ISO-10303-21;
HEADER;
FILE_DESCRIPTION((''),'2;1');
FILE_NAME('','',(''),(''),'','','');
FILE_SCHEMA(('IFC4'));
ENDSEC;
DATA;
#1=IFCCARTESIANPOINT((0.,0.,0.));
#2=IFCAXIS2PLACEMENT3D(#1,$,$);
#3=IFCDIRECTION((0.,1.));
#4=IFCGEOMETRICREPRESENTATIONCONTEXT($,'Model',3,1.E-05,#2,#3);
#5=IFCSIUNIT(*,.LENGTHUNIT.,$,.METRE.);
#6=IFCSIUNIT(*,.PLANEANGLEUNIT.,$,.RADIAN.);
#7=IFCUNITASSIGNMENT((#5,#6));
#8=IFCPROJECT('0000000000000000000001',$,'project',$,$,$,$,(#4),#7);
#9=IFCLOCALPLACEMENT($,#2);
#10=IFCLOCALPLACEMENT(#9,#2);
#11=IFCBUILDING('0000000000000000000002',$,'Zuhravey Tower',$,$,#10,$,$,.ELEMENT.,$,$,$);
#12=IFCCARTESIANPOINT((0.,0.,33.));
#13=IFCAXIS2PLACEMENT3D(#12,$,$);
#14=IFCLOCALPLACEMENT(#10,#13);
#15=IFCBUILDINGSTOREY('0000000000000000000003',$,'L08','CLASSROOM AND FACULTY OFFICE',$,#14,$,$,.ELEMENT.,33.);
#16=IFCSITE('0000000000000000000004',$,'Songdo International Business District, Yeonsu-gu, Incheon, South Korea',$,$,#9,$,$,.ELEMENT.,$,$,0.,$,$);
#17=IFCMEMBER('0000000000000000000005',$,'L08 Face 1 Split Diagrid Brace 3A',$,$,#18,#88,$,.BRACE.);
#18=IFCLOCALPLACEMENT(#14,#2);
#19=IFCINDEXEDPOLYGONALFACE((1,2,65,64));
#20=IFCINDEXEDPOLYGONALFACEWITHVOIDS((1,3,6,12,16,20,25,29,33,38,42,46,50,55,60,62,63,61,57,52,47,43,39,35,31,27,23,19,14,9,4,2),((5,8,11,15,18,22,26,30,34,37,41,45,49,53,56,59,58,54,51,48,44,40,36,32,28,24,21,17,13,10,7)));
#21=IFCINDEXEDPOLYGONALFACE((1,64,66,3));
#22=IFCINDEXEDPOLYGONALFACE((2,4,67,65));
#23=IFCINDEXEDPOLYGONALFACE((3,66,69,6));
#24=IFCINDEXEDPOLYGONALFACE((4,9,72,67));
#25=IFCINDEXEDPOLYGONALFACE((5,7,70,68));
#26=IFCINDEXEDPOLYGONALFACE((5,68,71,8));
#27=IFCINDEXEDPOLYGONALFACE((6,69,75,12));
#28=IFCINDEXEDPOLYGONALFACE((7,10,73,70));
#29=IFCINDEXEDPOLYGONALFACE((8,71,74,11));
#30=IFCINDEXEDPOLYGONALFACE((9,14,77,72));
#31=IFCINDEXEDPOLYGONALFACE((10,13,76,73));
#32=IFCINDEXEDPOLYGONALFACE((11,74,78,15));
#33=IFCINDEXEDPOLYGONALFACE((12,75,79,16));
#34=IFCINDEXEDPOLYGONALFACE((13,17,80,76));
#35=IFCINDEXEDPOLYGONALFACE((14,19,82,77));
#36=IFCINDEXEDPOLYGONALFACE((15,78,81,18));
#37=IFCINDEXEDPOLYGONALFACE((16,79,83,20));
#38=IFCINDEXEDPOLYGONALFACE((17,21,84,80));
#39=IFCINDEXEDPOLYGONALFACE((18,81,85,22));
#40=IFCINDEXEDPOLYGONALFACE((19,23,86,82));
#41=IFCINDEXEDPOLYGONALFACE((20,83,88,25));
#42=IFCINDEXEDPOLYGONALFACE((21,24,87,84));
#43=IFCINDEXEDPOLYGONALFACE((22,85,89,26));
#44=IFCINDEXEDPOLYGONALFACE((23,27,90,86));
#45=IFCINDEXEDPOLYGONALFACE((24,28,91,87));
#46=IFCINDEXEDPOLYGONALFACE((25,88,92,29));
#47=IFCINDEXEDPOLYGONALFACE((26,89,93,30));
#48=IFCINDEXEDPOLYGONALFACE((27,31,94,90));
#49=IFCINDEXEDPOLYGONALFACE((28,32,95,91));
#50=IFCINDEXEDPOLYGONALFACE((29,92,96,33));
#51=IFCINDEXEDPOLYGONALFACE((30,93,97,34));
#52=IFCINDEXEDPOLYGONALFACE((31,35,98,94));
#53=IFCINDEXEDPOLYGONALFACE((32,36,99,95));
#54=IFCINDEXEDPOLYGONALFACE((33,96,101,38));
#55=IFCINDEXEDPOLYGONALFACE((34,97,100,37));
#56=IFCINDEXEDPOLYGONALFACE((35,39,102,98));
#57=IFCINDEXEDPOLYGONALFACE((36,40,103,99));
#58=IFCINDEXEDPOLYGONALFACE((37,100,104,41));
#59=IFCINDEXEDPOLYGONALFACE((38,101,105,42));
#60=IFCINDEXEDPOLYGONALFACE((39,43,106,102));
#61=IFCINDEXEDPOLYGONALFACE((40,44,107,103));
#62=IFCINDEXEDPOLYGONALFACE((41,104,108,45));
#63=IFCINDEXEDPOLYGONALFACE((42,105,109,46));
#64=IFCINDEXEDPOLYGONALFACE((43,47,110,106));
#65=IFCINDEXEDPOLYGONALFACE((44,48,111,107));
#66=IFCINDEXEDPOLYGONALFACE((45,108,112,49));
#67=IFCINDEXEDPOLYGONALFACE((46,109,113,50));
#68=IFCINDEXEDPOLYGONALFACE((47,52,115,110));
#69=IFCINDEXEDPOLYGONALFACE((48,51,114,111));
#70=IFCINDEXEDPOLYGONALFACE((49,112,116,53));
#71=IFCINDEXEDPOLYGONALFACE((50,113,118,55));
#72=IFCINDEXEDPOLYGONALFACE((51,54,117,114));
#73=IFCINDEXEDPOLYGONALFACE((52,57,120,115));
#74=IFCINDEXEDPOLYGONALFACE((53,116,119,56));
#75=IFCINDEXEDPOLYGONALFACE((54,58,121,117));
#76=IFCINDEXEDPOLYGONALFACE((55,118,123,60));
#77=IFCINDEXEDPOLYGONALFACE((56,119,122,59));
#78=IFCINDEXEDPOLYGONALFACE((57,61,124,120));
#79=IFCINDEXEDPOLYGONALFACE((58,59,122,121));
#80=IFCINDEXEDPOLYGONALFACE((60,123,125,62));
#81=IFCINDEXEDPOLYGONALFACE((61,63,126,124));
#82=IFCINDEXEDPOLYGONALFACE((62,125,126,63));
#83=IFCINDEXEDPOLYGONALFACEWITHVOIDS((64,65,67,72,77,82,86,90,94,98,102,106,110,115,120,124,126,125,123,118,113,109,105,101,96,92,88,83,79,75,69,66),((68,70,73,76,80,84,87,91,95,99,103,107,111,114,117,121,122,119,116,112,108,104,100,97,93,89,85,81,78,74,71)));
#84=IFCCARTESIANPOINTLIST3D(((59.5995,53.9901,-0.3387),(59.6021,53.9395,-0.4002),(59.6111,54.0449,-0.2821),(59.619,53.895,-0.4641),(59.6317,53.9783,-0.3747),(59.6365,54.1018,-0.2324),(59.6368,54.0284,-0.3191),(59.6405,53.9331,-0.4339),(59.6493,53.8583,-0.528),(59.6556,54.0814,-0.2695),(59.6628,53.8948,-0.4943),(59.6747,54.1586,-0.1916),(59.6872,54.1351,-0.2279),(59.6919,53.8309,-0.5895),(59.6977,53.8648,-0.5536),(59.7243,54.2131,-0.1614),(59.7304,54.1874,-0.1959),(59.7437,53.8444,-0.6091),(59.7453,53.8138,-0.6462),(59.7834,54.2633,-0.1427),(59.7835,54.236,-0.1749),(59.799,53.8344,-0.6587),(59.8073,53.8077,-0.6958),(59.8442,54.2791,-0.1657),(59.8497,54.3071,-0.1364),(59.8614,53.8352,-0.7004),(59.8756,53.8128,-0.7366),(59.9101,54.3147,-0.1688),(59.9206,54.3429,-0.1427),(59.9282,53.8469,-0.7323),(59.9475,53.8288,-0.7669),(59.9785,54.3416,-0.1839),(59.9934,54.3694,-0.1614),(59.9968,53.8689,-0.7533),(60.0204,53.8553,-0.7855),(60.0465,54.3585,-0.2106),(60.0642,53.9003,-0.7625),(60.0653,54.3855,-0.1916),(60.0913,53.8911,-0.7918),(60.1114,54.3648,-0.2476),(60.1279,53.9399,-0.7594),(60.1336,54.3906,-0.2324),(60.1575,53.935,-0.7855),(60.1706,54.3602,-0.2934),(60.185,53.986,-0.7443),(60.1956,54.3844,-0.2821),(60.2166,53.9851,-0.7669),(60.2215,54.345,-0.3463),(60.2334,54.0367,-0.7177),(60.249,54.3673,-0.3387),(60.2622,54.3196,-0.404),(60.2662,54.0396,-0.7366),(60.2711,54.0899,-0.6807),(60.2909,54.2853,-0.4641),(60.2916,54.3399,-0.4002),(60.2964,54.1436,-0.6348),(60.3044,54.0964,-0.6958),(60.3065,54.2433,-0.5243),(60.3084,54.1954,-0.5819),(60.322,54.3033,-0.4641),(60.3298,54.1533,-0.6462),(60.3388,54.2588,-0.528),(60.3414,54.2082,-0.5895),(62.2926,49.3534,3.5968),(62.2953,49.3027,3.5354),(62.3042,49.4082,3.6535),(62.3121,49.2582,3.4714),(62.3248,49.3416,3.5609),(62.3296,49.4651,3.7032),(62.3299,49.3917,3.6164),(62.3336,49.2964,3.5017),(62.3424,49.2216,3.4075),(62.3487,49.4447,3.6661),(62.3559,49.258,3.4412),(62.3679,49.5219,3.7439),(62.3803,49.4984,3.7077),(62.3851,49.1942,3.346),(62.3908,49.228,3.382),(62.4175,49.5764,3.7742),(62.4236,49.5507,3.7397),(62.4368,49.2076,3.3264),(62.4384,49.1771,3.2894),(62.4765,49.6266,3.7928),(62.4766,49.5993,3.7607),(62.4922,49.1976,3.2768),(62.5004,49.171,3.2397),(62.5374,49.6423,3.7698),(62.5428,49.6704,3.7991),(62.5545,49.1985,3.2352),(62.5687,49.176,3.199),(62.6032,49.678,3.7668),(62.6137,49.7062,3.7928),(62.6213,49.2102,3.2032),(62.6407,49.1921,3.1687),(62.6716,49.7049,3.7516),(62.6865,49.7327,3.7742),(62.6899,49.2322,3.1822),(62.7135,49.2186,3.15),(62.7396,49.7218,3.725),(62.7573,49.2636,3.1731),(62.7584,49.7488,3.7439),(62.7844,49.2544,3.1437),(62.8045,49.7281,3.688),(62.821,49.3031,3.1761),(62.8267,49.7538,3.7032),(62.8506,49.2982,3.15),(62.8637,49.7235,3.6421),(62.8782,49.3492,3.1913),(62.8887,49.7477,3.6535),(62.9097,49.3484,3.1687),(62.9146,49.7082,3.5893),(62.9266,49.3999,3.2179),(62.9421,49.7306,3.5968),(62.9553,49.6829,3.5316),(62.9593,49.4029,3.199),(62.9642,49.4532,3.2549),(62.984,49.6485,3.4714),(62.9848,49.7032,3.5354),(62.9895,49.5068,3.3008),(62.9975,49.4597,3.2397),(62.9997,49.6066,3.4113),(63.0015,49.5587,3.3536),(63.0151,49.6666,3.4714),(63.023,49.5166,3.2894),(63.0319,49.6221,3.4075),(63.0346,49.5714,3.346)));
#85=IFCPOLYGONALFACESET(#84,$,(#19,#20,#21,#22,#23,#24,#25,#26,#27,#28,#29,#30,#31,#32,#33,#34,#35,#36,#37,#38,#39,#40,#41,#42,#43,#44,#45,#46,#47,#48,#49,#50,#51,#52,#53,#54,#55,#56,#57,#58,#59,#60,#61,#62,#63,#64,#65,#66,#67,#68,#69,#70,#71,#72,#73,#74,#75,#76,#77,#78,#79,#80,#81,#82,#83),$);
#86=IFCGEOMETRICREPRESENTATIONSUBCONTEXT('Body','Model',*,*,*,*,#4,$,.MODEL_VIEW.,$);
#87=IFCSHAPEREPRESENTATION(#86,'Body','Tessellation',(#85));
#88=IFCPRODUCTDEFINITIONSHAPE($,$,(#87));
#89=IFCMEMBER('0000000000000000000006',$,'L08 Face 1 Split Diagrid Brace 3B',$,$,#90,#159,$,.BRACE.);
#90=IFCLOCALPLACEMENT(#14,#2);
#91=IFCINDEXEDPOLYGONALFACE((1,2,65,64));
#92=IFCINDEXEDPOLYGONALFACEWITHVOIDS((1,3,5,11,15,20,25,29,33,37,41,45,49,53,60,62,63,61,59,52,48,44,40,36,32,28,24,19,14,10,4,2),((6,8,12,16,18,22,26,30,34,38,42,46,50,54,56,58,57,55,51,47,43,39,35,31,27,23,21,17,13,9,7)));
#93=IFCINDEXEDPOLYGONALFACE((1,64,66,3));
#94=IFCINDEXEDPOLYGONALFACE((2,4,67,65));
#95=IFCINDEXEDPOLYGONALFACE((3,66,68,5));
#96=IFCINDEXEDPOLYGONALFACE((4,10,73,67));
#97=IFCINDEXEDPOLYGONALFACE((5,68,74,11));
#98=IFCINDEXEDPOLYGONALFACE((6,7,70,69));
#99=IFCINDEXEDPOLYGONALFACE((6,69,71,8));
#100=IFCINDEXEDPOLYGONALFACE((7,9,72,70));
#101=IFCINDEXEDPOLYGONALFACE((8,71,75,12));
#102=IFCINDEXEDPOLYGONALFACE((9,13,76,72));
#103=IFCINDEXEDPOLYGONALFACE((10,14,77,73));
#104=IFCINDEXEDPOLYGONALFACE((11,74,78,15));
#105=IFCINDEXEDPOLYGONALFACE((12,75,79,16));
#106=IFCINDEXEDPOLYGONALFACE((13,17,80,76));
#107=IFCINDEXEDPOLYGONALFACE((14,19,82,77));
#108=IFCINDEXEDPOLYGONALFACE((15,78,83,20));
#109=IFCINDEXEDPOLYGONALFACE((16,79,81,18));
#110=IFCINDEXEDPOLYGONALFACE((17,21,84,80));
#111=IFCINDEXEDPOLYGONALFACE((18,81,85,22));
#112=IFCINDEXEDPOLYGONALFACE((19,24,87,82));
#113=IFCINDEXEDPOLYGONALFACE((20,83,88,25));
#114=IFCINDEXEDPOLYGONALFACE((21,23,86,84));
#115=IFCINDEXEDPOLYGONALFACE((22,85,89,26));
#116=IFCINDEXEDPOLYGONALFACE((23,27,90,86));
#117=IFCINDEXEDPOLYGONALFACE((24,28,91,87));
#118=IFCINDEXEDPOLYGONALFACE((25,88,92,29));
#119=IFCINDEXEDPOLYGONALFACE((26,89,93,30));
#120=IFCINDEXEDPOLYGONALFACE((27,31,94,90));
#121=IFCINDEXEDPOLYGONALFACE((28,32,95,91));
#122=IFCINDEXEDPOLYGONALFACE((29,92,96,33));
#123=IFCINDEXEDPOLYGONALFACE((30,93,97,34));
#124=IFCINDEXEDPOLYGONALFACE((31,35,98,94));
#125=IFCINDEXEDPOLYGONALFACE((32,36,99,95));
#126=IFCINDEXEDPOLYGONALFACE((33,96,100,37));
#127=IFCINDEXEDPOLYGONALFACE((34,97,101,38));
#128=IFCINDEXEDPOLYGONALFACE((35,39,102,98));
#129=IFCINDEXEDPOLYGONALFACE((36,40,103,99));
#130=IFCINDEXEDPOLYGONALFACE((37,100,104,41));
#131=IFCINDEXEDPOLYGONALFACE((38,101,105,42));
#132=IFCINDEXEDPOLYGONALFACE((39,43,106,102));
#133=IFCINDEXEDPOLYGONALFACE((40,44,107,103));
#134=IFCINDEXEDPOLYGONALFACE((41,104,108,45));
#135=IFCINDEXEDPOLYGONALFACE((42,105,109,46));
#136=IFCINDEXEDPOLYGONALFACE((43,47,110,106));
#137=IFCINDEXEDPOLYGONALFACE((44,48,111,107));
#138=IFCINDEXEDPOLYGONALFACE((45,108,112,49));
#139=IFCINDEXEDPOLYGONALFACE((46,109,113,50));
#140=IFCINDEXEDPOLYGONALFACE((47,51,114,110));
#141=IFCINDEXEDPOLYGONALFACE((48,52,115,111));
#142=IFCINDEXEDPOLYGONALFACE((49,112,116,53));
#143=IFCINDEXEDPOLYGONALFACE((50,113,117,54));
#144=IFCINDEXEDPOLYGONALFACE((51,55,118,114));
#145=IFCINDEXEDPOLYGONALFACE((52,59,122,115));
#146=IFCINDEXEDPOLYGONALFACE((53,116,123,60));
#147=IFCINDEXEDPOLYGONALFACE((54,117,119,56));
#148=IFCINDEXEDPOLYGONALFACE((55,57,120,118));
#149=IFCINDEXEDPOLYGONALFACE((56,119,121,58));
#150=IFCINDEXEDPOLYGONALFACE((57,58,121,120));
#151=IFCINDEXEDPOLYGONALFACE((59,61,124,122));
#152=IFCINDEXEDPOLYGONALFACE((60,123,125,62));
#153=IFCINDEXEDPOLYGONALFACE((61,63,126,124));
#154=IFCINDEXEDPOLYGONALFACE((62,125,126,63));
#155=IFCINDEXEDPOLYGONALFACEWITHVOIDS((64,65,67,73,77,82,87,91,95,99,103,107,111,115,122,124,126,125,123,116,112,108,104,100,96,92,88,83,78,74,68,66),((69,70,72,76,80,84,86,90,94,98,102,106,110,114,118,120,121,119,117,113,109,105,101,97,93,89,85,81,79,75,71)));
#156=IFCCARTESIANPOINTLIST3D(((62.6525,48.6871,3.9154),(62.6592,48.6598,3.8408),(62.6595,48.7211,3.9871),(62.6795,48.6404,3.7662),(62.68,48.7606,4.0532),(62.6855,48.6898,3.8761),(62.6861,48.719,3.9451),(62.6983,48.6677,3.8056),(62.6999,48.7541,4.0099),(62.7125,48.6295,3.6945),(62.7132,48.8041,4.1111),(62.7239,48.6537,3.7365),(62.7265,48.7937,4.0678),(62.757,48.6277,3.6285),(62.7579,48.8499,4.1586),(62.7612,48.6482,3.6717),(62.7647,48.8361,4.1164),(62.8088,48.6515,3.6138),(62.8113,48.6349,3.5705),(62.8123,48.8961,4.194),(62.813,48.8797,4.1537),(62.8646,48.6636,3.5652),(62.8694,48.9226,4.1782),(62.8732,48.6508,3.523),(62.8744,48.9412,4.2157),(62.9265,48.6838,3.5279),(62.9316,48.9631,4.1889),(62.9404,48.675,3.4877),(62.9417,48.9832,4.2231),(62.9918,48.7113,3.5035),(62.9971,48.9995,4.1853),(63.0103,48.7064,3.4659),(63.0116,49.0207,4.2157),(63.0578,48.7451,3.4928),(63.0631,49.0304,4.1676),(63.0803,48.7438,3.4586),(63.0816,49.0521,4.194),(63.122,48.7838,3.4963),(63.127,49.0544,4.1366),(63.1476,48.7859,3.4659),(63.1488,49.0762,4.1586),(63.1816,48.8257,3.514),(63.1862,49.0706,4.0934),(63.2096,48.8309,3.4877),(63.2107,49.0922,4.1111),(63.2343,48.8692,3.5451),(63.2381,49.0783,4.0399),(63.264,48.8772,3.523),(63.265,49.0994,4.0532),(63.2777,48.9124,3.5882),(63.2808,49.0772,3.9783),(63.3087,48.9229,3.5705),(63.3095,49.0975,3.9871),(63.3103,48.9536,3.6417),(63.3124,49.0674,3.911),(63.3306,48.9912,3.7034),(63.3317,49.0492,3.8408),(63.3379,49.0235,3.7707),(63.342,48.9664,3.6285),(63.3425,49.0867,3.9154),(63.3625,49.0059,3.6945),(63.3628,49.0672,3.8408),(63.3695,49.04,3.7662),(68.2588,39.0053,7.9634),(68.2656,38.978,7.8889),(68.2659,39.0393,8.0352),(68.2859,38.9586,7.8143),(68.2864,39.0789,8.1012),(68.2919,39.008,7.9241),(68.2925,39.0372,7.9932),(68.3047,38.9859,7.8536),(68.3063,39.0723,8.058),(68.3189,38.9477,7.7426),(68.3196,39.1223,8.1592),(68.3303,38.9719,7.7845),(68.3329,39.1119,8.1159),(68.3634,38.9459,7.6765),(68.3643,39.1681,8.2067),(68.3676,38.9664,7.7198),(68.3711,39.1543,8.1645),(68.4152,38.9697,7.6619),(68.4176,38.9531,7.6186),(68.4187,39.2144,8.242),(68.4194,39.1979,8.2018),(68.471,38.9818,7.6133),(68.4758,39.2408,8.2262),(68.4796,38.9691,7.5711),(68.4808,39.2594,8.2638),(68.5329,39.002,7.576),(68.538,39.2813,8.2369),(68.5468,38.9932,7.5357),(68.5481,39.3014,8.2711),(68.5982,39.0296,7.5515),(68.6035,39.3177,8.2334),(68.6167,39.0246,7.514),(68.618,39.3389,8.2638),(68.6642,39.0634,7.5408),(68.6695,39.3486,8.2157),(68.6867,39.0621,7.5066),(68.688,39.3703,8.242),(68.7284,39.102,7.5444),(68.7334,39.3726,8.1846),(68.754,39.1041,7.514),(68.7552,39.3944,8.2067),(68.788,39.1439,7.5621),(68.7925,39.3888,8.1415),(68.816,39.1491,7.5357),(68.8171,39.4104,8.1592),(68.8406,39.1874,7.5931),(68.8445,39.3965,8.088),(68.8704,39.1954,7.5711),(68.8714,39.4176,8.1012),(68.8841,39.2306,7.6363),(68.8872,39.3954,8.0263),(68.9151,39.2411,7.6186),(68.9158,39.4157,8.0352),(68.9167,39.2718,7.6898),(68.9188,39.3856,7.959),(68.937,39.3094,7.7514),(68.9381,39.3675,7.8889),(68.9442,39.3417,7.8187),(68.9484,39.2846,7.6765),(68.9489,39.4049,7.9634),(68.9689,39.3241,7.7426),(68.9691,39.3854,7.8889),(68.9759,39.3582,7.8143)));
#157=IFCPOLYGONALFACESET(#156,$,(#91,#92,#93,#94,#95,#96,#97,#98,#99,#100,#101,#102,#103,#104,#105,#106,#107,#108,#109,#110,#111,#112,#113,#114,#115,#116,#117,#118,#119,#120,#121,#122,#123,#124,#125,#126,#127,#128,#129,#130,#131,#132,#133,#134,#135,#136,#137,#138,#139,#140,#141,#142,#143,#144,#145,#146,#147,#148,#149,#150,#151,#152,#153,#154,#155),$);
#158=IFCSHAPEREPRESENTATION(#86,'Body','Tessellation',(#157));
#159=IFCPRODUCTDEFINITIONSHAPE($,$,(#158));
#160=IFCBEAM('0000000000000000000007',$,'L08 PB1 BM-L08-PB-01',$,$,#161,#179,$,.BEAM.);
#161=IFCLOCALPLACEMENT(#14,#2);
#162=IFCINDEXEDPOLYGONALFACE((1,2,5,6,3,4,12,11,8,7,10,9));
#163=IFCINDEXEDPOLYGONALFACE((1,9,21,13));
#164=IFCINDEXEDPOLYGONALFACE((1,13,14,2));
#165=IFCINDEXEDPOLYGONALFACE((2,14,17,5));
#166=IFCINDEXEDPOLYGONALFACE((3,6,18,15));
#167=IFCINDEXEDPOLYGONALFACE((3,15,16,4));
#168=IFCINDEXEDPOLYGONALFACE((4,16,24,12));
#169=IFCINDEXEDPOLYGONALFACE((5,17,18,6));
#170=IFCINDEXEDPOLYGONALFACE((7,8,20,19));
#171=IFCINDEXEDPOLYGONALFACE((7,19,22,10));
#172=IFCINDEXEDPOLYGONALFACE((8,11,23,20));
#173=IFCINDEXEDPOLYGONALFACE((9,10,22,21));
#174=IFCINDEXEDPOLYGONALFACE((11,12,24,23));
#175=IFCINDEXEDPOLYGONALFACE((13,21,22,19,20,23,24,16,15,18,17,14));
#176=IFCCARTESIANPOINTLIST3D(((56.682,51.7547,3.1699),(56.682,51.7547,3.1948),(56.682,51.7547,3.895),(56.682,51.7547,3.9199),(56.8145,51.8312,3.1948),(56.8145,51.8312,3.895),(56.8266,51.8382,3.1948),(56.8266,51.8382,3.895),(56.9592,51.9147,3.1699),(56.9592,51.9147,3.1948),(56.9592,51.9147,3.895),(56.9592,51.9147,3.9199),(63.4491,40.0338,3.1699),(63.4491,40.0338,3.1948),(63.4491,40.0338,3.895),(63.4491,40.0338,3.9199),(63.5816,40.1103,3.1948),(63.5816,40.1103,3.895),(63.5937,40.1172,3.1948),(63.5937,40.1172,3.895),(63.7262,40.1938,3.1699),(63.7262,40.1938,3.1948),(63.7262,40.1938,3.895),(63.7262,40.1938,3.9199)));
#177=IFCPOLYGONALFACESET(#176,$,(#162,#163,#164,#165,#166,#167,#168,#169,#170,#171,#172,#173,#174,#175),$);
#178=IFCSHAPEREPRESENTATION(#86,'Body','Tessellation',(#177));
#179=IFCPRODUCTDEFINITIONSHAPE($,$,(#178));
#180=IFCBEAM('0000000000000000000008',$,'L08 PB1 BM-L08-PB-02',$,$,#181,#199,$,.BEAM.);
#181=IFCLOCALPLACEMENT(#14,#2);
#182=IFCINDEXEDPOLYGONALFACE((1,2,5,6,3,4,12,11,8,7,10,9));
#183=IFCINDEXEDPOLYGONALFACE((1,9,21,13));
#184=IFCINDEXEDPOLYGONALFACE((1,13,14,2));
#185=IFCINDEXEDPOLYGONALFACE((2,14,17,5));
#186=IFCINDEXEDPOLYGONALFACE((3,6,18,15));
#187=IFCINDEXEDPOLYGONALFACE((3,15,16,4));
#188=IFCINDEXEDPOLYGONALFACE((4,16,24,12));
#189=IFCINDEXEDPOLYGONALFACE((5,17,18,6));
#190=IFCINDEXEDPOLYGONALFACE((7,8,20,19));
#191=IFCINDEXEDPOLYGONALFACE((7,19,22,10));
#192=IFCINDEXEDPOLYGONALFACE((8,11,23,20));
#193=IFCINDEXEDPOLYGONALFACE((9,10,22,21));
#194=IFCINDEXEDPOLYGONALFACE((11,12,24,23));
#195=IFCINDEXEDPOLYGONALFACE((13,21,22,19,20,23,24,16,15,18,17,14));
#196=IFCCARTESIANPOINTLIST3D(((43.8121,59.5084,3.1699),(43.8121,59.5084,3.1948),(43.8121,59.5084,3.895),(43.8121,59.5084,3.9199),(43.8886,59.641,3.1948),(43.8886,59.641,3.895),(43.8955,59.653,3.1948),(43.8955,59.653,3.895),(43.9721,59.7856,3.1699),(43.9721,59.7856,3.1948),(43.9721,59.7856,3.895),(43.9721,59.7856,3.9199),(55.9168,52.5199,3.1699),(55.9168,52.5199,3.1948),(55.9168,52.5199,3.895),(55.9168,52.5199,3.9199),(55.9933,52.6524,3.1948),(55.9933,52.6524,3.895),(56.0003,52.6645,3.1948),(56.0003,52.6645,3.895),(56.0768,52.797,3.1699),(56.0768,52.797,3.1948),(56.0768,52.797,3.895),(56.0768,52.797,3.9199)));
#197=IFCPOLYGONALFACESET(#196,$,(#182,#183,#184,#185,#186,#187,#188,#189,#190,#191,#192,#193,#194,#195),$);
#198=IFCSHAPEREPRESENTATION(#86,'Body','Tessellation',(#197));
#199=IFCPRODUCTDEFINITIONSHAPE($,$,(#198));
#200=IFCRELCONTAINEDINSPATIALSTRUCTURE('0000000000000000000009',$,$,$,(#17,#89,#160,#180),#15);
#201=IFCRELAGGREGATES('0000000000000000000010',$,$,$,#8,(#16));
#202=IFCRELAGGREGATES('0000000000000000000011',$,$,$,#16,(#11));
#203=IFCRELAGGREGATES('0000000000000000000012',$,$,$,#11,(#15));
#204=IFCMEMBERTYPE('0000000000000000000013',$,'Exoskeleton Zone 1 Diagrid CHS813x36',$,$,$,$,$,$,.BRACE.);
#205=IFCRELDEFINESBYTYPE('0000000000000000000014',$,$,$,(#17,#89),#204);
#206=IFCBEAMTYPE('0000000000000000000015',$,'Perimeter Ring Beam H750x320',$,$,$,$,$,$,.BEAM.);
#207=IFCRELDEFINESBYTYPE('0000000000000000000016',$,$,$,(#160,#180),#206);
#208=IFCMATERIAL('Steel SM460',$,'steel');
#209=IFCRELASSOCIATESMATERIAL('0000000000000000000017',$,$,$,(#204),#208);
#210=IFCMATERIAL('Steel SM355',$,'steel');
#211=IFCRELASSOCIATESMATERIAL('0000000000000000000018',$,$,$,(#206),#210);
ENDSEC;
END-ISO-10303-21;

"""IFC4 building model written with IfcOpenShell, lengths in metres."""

from ifc_helpers import new_model, si_unit, direction, frame, origin, origin_2d, place, context, subcontext, project, spatial, hollow_circle, i_section, extrude, material, material_profile, profile_set, type_object, element, save


model = new_model("IFC4")

# Units and contexts
model_context = context("Model", 3, precision=1e-05, world=origin(), true_north=direction((0.0, 1.0)))
body_context = subcontext(model_context, "Body", "Model", "MODEL_VIEW")
ifc_project = project(units=[si_unit("LENGTHUNIT", "METRE"), si_unit("PLANEANGLEUNIT", "RADIAN")], contexts=[model_context])

# Site, building, storey
site_placement = place(None, origin())
site = spatial("IfcSite", under=ifc_project, at=site_placement, Name="Songdo International Business District, Yeonsu-gu, Incheon, South Korea", CompositionType="ELEMENT", RefElevation=0.0)
building_placement = place(site_placement, origin())
building = spatial("IfcBuilding", under=site, at=building_placement, Name="Zuhravey Tower", CompositionType="ELEMENT")
storey_placement = place(building_placement, frame((0.0, 0.0, 33.0)))
storey = spatial("IfcBuildingStorey", under=building, at=storey_placement, Name="L08", Description="CLASSROOM AND FACULTY OFFICE", CompositionType="ELEMENT", Elevation=33.0)

# Members
ifc_material_1 = material(Name="Steel SM355", Category="steel")
ifc_material_2 = material(Name="Steel SM460", Category="steel")
ifc_material_profile_1 = material_profile(ifc_material_2, hollow_circle(Radius=0.4065, WallThickness=0.0359, at=origin_2d()), Name="CHS-812.8x36")
ifc_profile_set_1 = profile_set([ifc_material_profile_1], Name="Steel SM460")
member_type_1 = type_object("IfcMemberType", Name="Exoskeleton Zone 1 Diagrid CHS813x36", PredefinedType="BRACE", material=ifc_profile_set_1)
member_1_placement = place(storey_placement, frame((59.9705, 54.0991, -0.4641), z_axis=(0.404897, -0.697109, 0.591691), x_axis=(0.864722, 0.502251, 0.0)))
element("IfcMember", 1, at=member_1_placement, inside=storey, type_object=member_type_1, Name="L08 Face 1 Split Diagrid Brace 3A", PredefinedType="BRACE", context=body_context, shape_type="SweptSolid", body=[
    extrude(hollow_circle(Radius=0.4065, WallThickness=0.0359, at=origin_2d()), origin(), (0.0, 0.0, 1.0), 6.6514),
])
member_2_placement = place(storey_placement, frame((63.011, 48.8635, 3.8408), z_axis=(0.471216, -0.813753, 0.340238), x_axis=(0.865382, 0.501113, 0.0)))
element("IfcMember", 2, at=member_2_placement, inside=storey, type_object=member_type_1, Name="L08 Face 1 Split Diagrid Brace 3B", PredefinedType="BRACE", context=body_context, shape_type="SweptSolid", body=[
    extrude(hollow_circle(Radius=0.4065, WallThickness=0.0359, at=origin_2d()), origin(), (0.0, 0.0, 1.0), 11.8977),
])

# Beams
ifc_material_profile_2 = material_profile(ifc_material_1, i_section(OverallWidth=0.3201, OverallDepth=0.75, WebThickness=0.0139, FlangeThickness=0.0249, at=origin_2d()), Name="H-750x320x14x25")
ifc_profile_set_2 = profile_set([ifc_material_profile_2], Name="Steel SM355")
beam_type_1 = type_object("IfcBeamType", Name="Perimeter Ring Beam H750x320", PredefinedType="BEAM", material=ifc_profile_set_2)
beam_1_placement = place(storey_placement, frame((63.5876, 40.1138, 3.5449), z_axis=(-0.5, 0.866025, 0.0), x_axis=(-0.866025, -0.5, 0.0)))
element("IfcBeam", 3, at=beam_1_placement, inside=storey, type_object=beam_type_1, Name="L08 PB1 BM-L08-PB-01", PredefinedType="BEAM", context=body_context, shape_type="SweptSolid", body=[
    extrude(i_section(OverallWidth=0.3201, OverallDepth=0.75, WebThickness=0.0139, FlangeThickness=0.0249, at=origin_2d()), origin(), (0.0, 0.0, 1.0), 13.5342),
])
beam_2_placement = place(storey_placement, frame((55.9968, 52.6584, 3.5449), z_axis=(-0.86603, 0.499992, 0.0), x_axis=(-0.499992, -0.86603, 0.0)))
element("IfcBeam", 4, at=beam_2_placement, inside=storey, type_object=beam_type_1, Name="L08 PB1 BM-L08-PB-02", PredefinedType="BEAM", context=body_context, shape_type="SweptSolid", body=[
    extrude(i_section(OverallWidth=0.3201, OverallDepth=0.75, WebThickness=0.0139, FlangeThickness=0.0249, at=origin_2d()), origin(), (0.0, 0.0, 1.0), 13.9773),
])

save(model, "model.ifc")
